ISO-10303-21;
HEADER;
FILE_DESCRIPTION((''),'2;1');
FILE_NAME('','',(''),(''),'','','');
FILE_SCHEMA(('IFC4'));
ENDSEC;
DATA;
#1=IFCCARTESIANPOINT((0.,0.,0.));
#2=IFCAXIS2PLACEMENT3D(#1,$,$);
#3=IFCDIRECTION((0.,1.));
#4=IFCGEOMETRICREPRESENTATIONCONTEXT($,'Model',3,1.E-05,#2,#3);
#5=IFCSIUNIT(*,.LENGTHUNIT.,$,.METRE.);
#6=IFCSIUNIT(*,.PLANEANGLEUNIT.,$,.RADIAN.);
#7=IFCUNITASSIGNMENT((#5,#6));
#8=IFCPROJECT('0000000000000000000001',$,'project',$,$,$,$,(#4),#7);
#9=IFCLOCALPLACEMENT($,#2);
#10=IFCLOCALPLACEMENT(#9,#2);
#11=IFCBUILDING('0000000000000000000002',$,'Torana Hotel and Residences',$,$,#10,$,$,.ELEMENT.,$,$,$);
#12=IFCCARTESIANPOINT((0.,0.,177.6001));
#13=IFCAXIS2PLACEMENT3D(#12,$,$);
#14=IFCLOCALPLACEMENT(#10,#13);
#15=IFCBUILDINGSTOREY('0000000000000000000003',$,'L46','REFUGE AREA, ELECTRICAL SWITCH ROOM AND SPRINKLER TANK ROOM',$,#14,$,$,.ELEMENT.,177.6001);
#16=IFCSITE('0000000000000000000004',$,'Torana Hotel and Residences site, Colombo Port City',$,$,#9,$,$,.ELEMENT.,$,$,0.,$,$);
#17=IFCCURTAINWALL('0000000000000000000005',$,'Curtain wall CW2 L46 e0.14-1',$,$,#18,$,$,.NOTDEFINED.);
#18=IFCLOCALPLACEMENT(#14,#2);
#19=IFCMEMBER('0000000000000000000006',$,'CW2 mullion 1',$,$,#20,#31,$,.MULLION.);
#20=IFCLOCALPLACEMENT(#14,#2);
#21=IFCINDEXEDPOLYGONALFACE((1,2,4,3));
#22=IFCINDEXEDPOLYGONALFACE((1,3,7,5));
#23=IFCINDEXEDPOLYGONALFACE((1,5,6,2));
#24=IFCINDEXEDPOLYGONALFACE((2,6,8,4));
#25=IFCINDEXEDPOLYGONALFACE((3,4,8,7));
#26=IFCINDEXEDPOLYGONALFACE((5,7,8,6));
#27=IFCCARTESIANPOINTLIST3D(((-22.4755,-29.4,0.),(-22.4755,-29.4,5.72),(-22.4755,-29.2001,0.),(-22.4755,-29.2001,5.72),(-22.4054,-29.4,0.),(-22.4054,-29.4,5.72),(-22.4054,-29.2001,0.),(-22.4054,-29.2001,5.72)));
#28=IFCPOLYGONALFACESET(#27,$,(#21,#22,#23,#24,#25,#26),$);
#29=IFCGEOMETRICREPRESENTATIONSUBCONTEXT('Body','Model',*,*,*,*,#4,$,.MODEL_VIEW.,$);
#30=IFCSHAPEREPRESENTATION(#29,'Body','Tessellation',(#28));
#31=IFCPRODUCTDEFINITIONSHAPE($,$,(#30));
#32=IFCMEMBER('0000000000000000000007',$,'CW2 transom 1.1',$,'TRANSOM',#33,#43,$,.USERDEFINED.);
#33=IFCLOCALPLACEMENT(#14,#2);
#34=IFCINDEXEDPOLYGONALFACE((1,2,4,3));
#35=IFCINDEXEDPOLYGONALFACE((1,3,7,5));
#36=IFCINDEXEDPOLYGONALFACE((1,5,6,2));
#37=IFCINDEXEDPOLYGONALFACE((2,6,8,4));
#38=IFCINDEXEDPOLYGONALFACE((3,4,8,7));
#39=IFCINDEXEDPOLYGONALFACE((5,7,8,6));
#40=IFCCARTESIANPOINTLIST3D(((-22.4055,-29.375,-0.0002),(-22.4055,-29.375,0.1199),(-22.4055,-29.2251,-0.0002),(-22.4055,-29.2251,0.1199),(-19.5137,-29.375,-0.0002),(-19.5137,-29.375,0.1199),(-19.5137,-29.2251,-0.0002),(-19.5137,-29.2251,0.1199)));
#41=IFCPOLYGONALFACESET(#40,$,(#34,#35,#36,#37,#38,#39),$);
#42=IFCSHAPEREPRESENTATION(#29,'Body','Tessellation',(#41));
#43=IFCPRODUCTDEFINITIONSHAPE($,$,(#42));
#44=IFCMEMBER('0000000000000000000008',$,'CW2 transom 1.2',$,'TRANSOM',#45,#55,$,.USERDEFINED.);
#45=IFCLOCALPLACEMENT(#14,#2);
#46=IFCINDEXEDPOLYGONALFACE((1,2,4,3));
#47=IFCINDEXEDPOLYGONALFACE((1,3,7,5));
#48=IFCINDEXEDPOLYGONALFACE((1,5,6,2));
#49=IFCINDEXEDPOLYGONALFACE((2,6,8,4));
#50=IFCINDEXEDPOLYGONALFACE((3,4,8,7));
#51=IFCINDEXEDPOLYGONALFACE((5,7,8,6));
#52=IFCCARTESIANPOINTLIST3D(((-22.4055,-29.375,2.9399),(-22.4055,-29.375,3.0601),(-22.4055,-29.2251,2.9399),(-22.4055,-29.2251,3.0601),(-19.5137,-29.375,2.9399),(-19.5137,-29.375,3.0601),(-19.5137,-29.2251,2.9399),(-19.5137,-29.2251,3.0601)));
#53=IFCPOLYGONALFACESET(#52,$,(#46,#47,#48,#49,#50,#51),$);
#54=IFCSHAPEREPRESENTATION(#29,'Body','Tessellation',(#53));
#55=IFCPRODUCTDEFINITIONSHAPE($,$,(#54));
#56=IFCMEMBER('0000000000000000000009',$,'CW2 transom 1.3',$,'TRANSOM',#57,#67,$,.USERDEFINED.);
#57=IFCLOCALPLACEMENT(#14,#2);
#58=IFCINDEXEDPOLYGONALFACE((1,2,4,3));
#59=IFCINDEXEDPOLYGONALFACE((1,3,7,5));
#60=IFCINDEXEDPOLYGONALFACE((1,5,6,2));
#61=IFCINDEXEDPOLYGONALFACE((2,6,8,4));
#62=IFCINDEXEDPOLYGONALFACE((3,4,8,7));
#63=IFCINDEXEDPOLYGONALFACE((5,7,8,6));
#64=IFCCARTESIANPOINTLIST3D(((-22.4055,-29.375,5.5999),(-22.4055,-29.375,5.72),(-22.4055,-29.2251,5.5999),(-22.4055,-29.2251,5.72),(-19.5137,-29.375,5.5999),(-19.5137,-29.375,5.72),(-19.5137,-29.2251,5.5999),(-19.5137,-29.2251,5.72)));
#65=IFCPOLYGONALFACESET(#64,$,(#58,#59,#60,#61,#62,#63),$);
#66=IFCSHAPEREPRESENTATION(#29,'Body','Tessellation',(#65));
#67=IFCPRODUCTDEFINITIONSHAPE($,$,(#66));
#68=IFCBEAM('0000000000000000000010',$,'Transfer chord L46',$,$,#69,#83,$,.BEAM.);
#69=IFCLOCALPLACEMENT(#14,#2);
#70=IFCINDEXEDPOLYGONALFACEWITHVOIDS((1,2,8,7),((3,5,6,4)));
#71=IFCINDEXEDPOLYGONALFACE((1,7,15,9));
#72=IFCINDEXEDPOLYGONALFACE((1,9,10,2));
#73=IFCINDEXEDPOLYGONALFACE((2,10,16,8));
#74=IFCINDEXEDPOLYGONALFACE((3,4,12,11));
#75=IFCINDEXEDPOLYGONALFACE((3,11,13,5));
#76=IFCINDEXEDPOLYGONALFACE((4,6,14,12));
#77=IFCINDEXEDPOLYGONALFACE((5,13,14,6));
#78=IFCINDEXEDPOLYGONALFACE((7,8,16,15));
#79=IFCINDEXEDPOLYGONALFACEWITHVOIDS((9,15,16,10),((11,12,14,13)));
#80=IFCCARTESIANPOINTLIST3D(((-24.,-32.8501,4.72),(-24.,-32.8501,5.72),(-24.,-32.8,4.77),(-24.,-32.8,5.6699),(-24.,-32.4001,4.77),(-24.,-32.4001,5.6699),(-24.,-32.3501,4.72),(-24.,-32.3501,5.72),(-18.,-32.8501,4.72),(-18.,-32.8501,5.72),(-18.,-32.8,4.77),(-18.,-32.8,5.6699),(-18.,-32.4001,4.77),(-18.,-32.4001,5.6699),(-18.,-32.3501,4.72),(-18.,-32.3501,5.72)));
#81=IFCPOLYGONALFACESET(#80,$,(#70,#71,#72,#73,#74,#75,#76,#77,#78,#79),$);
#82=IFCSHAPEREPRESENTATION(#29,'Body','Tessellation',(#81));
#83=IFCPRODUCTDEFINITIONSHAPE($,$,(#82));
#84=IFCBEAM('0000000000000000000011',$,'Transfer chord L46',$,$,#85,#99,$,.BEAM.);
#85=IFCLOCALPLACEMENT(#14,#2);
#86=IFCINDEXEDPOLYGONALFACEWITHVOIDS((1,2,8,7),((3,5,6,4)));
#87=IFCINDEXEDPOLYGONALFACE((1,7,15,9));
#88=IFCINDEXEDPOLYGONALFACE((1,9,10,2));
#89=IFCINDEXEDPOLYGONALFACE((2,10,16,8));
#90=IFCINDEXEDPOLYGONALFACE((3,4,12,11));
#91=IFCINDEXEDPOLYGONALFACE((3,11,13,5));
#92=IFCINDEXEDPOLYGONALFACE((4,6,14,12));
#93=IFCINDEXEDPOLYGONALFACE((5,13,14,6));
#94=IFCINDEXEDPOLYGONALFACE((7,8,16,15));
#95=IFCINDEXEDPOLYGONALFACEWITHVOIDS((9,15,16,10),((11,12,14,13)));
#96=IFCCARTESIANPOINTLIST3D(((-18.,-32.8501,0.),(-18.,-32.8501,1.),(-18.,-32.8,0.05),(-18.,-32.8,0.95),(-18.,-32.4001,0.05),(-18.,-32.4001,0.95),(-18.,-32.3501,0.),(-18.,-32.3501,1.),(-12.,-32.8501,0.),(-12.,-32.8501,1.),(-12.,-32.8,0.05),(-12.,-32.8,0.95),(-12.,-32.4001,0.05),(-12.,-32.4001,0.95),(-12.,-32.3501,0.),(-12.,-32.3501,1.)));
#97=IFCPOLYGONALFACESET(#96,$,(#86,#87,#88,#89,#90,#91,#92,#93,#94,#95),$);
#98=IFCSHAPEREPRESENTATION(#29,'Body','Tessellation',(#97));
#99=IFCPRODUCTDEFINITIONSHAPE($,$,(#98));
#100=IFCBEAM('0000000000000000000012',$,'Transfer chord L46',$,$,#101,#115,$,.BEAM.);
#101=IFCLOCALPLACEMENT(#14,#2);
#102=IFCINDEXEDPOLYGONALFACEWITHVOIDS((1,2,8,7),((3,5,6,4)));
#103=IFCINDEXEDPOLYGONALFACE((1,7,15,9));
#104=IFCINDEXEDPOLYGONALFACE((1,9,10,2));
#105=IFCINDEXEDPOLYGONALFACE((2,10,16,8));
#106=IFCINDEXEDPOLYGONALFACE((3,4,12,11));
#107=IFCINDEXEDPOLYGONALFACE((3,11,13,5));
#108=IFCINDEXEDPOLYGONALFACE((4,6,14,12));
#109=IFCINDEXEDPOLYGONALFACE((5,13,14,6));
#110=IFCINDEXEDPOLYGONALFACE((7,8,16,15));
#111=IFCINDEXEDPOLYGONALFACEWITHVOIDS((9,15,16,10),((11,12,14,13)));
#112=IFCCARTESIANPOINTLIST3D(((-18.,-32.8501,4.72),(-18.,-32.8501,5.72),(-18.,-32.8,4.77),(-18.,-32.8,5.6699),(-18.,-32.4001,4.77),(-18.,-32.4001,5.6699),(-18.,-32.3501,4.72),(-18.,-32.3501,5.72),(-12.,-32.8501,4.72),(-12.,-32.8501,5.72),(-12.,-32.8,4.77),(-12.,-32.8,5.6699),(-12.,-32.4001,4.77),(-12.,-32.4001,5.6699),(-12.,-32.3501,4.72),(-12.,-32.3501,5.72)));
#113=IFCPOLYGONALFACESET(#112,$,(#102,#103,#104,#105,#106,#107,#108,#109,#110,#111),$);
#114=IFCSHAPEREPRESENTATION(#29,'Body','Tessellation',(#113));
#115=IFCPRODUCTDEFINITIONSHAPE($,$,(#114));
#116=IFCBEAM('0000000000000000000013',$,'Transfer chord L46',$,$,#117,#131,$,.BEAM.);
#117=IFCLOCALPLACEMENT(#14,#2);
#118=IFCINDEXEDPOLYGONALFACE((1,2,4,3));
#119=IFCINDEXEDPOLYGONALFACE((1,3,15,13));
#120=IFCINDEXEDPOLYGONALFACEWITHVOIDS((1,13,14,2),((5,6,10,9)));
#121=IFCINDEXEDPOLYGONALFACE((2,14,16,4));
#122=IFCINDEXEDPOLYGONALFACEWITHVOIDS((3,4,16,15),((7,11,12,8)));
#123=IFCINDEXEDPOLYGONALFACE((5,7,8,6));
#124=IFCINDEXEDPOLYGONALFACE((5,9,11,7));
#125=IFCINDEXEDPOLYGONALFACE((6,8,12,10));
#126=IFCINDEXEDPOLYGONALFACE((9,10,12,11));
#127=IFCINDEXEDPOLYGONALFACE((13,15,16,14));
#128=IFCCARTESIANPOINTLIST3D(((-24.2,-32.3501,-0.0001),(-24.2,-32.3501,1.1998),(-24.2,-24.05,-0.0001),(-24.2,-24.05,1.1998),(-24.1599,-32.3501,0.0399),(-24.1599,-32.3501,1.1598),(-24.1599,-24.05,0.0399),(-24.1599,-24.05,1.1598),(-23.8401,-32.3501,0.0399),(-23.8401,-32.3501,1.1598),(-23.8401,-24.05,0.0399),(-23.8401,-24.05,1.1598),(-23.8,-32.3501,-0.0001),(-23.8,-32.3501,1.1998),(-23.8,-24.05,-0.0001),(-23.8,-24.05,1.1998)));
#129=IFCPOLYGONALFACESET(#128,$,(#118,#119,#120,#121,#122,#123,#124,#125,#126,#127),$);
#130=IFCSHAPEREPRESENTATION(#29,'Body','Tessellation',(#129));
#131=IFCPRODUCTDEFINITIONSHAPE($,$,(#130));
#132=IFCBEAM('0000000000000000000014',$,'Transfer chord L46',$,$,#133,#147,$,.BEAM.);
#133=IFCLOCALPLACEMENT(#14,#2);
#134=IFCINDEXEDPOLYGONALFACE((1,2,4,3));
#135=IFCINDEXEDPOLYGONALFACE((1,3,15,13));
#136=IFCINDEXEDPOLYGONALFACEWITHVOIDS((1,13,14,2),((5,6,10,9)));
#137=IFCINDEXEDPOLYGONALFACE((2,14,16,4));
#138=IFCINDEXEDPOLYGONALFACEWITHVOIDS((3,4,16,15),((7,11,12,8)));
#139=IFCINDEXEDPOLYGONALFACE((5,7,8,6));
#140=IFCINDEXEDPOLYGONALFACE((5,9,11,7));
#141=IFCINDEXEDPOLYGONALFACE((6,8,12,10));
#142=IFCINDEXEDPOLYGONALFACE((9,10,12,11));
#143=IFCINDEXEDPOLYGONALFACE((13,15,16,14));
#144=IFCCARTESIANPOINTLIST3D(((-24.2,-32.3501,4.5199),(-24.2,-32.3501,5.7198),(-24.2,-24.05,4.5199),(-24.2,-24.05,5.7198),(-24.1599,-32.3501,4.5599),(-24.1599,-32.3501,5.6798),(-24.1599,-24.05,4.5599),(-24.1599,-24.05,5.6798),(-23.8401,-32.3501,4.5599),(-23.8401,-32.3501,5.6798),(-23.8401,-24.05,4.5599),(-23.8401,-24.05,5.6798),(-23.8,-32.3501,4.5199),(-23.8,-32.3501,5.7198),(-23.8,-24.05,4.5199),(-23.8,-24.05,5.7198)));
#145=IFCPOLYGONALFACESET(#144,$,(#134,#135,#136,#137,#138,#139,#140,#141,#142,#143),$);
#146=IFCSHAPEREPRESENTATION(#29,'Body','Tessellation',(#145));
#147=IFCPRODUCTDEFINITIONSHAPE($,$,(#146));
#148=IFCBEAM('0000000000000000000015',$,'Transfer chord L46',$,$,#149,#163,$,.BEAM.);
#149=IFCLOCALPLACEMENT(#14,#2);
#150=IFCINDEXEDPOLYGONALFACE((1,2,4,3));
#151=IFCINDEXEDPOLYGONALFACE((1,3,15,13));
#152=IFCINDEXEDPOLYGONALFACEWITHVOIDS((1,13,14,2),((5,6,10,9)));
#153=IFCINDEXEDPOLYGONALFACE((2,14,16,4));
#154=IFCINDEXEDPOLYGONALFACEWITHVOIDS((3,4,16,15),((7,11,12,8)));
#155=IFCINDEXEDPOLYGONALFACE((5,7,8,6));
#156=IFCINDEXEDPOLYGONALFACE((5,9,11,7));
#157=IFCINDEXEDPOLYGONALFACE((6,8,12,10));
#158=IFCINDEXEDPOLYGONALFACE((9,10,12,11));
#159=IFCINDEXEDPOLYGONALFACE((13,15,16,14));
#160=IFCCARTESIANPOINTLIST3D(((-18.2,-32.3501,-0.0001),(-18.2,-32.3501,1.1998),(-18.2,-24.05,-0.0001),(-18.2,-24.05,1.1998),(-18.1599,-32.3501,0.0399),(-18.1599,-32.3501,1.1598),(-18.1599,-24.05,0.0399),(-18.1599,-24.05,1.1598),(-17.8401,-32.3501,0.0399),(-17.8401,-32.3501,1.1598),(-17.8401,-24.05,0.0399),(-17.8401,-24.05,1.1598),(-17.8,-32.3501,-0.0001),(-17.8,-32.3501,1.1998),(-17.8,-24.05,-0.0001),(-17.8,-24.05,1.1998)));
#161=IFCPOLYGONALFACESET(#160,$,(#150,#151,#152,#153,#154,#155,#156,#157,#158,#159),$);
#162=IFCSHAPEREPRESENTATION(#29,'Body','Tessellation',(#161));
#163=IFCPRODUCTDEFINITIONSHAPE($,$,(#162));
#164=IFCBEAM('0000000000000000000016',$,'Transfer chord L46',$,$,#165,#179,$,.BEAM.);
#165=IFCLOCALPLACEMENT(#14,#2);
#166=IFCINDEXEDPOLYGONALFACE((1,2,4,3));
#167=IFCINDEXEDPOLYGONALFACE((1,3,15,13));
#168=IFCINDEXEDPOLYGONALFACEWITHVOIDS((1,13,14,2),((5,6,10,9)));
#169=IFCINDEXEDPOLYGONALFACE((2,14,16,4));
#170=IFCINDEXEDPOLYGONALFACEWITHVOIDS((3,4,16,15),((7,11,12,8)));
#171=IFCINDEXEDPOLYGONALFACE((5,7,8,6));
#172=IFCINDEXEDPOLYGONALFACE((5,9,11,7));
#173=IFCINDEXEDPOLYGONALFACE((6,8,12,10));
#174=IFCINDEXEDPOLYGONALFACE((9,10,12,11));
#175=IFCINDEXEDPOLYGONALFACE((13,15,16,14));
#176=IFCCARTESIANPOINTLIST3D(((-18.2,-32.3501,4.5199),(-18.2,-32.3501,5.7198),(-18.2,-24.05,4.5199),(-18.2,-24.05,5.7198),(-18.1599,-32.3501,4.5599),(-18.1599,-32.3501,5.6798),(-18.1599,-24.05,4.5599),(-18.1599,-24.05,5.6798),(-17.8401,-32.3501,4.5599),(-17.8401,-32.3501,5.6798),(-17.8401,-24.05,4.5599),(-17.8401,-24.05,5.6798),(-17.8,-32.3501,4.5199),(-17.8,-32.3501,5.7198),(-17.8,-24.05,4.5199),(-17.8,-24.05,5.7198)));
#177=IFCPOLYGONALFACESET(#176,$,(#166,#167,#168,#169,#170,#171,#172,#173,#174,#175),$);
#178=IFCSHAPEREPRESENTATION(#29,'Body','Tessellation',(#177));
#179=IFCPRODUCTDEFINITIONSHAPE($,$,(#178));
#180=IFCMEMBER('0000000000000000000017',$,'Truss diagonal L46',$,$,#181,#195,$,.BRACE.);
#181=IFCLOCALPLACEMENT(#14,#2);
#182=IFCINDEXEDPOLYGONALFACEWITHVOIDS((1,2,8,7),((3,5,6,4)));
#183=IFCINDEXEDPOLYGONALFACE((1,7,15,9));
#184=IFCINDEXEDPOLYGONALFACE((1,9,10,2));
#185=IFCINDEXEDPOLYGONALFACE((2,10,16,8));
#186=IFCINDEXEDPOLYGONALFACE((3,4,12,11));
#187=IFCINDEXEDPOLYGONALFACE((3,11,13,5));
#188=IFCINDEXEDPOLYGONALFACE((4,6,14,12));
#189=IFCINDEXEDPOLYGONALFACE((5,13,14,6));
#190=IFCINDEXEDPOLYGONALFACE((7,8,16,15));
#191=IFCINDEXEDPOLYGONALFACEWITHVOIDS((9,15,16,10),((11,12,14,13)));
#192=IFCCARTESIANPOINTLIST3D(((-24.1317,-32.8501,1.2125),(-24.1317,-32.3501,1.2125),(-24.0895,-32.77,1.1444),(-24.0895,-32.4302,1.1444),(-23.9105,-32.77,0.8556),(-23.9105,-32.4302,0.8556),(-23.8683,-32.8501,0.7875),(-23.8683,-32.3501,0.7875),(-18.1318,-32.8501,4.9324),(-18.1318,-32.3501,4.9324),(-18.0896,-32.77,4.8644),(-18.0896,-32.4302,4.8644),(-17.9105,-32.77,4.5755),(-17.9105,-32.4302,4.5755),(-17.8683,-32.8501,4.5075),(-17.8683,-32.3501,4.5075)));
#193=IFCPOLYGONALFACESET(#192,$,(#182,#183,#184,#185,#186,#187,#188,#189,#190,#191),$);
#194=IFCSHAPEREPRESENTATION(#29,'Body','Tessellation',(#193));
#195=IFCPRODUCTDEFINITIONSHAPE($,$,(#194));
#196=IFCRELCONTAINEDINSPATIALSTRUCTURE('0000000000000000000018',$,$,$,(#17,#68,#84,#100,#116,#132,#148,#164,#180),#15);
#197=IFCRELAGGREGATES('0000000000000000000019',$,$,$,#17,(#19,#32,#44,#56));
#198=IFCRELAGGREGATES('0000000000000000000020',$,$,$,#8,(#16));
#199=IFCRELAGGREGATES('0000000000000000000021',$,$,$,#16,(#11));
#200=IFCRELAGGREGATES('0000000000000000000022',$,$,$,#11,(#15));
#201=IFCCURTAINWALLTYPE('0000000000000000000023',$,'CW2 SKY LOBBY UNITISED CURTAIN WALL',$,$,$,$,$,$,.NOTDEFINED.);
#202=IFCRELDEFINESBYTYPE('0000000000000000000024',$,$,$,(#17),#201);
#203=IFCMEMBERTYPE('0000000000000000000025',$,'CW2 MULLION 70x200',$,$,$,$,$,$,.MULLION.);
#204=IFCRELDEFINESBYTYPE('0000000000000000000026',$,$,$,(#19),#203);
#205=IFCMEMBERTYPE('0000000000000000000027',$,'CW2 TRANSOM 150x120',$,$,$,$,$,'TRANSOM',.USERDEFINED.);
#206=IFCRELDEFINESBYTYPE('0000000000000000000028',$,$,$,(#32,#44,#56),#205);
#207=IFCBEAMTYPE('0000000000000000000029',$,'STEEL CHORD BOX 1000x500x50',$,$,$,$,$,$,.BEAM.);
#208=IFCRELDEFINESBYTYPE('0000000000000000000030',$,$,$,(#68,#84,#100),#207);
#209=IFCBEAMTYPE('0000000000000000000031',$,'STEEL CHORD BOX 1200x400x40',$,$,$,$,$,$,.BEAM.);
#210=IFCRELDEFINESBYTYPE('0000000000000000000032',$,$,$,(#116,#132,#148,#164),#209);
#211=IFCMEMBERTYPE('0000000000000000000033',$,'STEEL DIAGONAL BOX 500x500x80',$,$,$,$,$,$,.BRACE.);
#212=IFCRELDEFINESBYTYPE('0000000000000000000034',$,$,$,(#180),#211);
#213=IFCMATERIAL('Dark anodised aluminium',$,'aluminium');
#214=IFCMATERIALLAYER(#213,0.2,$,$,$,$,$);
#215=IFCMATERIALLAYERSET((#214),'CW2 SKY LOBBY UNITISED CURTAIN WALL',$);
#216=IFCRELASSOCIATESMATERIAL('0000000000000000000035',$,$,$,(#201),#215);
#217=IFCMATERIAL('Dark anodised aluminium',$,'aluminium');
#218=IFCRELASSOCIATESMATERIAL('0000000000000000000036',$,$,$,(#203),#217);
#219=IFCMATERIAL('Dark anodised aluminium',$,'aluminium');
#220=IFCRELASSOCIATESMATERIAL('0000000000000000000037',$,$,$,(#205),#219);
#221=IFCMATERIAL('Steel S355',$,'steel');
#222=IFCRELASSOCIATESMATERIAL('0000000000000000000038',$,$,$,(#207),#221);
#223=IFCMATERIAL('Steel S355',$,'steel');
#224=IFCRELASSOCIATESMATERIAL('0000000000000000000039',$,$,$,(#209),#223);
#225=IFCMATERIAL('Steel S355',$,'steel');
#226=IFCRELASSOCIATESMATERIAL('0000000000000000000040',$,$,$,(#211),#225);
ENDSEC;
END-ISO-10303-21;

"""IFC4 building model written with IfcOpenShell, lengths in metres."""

from ifc_helpers import new_model, si_unit, direction, frame, origin, origin_2d, place, context, subcontext, project, spatial, rectangle, hollow_rectangle, extrude, material, layer, layer_set, material_profile, profile_set, type_object, element, aggregate, save


model = new_model("IFC4")

# Units and contexts
model_context = context("Model", 3, precision=1e-05, world=origin(), true_north=direction((0.0, 1.0)))
body_context = subcontext(model_context, "Body", "Model", "MODEL_VIEW")
ifc_project = project(units=[si_unit("LENGTHUNIT", "METRE"), si_unit("PLANEANGLEUNIT", "RADIAN")], contexts=[model_context])

# Site, building, storey
site_placement = place(None, origin())
site = spatial("IfcSite", under=ifc_project, at=site_placement, Name="Torana Hotel and Residences site, Colombo Port City", CompositionType="ELEMENT", RefElevation=0.0)
building_placement = place(site_placement, origin())
building = spatial("IfcBuilding", under=site, at=building_placement, Name="Torana Hotel and Residences", CompositionType="ELEMENT")
storey_placement = place(building_placement, frame((0.0, 0.0, 177.6001)))
storey = spatial("IfcBuildingStorey", under=building, at=storey_placement, Name="L46", Description="REFUGE AREA, ELECTRICAL SWITCH ROOM AND SPRINKLER TANK ROOM", CompositionType="ELEMENT", Elevation=177.6001)

# Curtain wall, members
ifc_material_1 = material(Name="Dark anodised aluminium", Category="aluminium")
ifc_layer_1 = layer(ifc_material_1, 0.2)
ifc_layer_set_1 = layer_set([ifc_layer_1], Name="CW2 SKY LOBBY UNITISED CURTAIN WALL")
curtain_wall_type = type_object("IfcCurtainWallType", Name="CW2 SKY LOBBY UNITISED CURTAIN WALL", PredefinedType="NOTDEFINED", material=ifc_layer_set_1)
curtain_wall_placement = place(storey_placement, origin())
curtain_wall = element("IfcCurtainWall", 1, at=curtain_wall_placement, inside=storey, type_object=curtain_wall_type, Name="Curtain wall CW2 L46 e0.14-1", PredefinedType="NOTDEFINED")
ifc_material_2 = material(Name="Dark anodised aluminium", Category="aluminium")
ifc_material_profile_1 = material_profile(ifc_material_2, rectangle(XDim=0.2, YDim=0.0701, at=origin_2d()), Name="CW2 MULLION 70x200")
ifc_profile_set_1 = profile_set([ifc_material_profile_1], Name="Dark anodised aluminium")
member_type_1 = type_object("IfcMemberType", Name="CW2 MULLION 70x200", PredefinedType="MULLION", material=ifc_profile_set_1)
member_1_placement = place(storey_placement, frame((-22.4404, -29.3, 0.0), z_axis=(0.0, 0.0, 1.0), x_axis=(0.0, 1.0, 0.0)))
member_1 = element("IfcMember", 2, at=member_1_placement, type_object=member_type_1, Name="CW2 mullion 1", PredefinedType="MULLION", context=body_context, shape_type="SweptSolid", body=[
    extrude(rectangle(XDim=0.2, YDim=0.0701, at=origin_2d()), origin(), (0.0, 0.0, 1.0), 5.72),
])
ifc_material_3 = material(Name="Dark anodised aluminium", Category="aluminium")
ifc_material_profile_2 = material_profile(ifc_material_3, rectangle(XDim=0.1499, YDim=0.1201, at=origin_2d()), Name="CW2 TRANSOM 150x120")
ifc_profile_set_2 = profile_set([ifc_material_profile_2], Name="Dark anodised aluminium")
member_type_2 = type_object("IfcMemberType", Name="CW2 TRANSOM 150x120", ElementType="TRANSOM", PredefinedType="USERDEFINED", material=ifc_profile_set_2)
member_2_placement = place(storey_placement, frame((-22.4055, -29.3, 0.0598), z_axis=(1.0, 0.0, 0.0), x_axis=(0.0, 1.0, 0.0)))
member_2 = element("IfcMember", 3, at=member_2_placement, type_object=member_type_2, Name="CW2 transom 1.1", ObjectType="TRANSOM", PredefinedType="USERDEFINED", context=body_context, shape_type="SweptSolid", body=[
    extrude(rectangle(XDim=0.1499, YDim=0.1201, at=origin_2d()), origin(), (0.0, 0.0, 1.0), 2.8918),
])
member_3_placement = place(storey_placement, frame((-22.4055, -29.3, 3.0), z_axis=(1.0, 0.0, 0.0), x_axis=(0.0, 1.0, 0.0)))
member_3 = element("IfcMember", 4, at=member_3_placement, type_object=member_type_2, Name="CW2 transom 1.2", ObjectType="TRANSOM", PredefinedType="USERDEFINED", context=body_context, shape_type="SweptSolid", body=[
    extrude(rectangle(XDim=0.1499, YDim=0.1201, at=origin_2d()), origin(), (0.0, 0.0, 1.0), 2.8918),
])
member_4_placement = place(storey_placement, frame((-22.4055, -29.3, 5.6599), z_axis=(1.0, 0.0, 0.0), x_axis=(0.0, 1.0, 0.0)))
member_4 = element("IfcMember", 5, at=member_4_placement, type_object=member_type_2, Name="CW2 transom 1.3", ObjectType="TRANSOM", PredefinedType="USERDEFINED", context=body_context, shape_type="SweptSolid", body=[
    extrude(rectangle(XDim=0.1499, YDim=0.1201, at=origin_2d()), origin(), (0.0, 0.0, 1.0), 2.8918),
])

# Beams
ifc_material_4 = material(Name="Steel S355", Category="steel")
ifc_material_profile_3 = material_profile(ifc_material_4, hollow_rectangle(XDim=0.5, YDim=1.0, WallThickness=0.05, at=origin_2d()), Name="BOX 1000x500x50")
ifc_profile_set_3 = profile_set([ifc_material_profile_3], Name="Steel S355")
beam_type_1 = type_object("IfcBeamType", Name="STEEL CHORD BOX 1000x500x50", PredefinedType="BEAM", material=ifc_profile_set_3)
for number, where, z_axis, x_axis, name in (
    (6, (-24.0, -32.6001, 5.22), (1.0, 0.0, 0.0), (0.0, 1.0, 0.0), "Transfer chord L46"),
    (7, (-18.0, -32.6001, 0.5), (1.0, 0.0, 0.0), (0.0, 1.0, 0.0), "Transfer chord L46"),
    (8, (-18.0, -32.6001, 5.22), (1.0, 0.0, 0.0), (0.0, 1.0, 0.0), "Transfer chord L46"),
):
    element("IfcBeam", number, at=place(storey_placement, frame(where, z_axis=z_axis, x_axis=x_axis)), inside=storey, type_object=beam_type_1, Name=name, PredefinedType="BEAM", context=body_context, shape_type="SweptSolid", body=[
        extrude(hollow_rectangle(XDim=0.5, YDim=1.0, WallThickness=0.05, at=origin_2d()), origin(), (0.0, 0.0, 1.0), 6.0),
    ])
ifc_material_5 = material(Name="Steel S355", Category="steel")
ifc_material_profile_4 = material_profile(ifc_material_5, hollow_rectangle(XDim=0.3999, YDim=1.2, WallThickness=0.04, at=origin_2d()), Name="BOX 1200x400x40")
ifc_profile_set_4 = profile_set([ifc_material_profile_4], Name="Steel S355")
beam_type_2 = type_object("IfcBeamType", Name="STEEL CHORD BOX 1200x400x40", PredefinedType="BEAM", material=ifc_profile_set_4)
for number, where, z_axis, x_axis, name in (
    (9, (-24.0, -32.3501, 0.5999), (0.0, 1.0, 0.0), (-1.0, 0.0, 0.0), "Transfer chord L46"),
    (10, (-24.0, -32.3501, 5.1199), (0.0, 1.0, 0.0), (-1.0, 0.0, 0.0), "Transfer chord L46"),
    (11, (-18.0, -32.3501, 0.5999), (0.0, 1.0, 0.0), (-1.0, 0.0, 0.0), "Transfer chord L46"),
    (12, (-18.0, -32.3501, 5.1199), (0.0, 1.0, 0.0), (-1.0, 0.0, 0.0), "Transfer chord L46"),
):
    element("IfcBeam", number, at=place(storey_placement, frame(where, z_axis=z_axis, x_axis=x_axis)), inside=storey, type_object=beam_type_2, Name=name, PredefinedType="BEAM", context=body_context, shape_type="SweptSolid", body=[
        extrude(hollow_rectangle(XDim=0.3999, YDim=1.2, WallThickness=0.04, at=origin_2d()), origin(), (0.0, 0.0, 1.0), 8.3),
    ])

# Member
ifc_material_6 = material(Name="Steel S355", Category="steel")
ifc_material_profile_5 = material_profile(ifc_material_6, hollow_rectangle(XDim=0.5, YDim=0.5, WallThickness=0.0801, at=origin_2d()), Name="BOX 500x500x80")
ifc_profile_set_5 = profile_set([ifc_material_profile_5], Name="Steel S355")
member_type_3 = type_object("IfcMemberType", Name="STEEL DIAGONAL BOX 500x500x80", PredefinedType="BRACE", material=ifc_profile_set_5)
for number, where, z_axis, x_axis, name in (
    (13, (-24.0, -32.6001, 1.0), (0.849905, 0.0, 0.526937), (0.0, 1.0, 0.0), "Truss diagonal L46"),
):
    element("IfcMember", number, at=place(storey_placement, frame(where, z_axis=z_axis, x_axis=x_axis)), inside=storey, type_object=member_type_3, Name=name, PredefinedType="BRACE", context=body_context, shape_type="SweptSolid", body=[
        extrude(hollow_rectangle(XDim=0.5, YDim=0.5, WallThickness=0.0801, at=origin_2d()), origin(), (0.0, 0.0, 1.0), 7.0596),
    ])

aggregate(curtain_wall, [member_1, member_2, member_3, member_4])

save(model, "model.ifc")
